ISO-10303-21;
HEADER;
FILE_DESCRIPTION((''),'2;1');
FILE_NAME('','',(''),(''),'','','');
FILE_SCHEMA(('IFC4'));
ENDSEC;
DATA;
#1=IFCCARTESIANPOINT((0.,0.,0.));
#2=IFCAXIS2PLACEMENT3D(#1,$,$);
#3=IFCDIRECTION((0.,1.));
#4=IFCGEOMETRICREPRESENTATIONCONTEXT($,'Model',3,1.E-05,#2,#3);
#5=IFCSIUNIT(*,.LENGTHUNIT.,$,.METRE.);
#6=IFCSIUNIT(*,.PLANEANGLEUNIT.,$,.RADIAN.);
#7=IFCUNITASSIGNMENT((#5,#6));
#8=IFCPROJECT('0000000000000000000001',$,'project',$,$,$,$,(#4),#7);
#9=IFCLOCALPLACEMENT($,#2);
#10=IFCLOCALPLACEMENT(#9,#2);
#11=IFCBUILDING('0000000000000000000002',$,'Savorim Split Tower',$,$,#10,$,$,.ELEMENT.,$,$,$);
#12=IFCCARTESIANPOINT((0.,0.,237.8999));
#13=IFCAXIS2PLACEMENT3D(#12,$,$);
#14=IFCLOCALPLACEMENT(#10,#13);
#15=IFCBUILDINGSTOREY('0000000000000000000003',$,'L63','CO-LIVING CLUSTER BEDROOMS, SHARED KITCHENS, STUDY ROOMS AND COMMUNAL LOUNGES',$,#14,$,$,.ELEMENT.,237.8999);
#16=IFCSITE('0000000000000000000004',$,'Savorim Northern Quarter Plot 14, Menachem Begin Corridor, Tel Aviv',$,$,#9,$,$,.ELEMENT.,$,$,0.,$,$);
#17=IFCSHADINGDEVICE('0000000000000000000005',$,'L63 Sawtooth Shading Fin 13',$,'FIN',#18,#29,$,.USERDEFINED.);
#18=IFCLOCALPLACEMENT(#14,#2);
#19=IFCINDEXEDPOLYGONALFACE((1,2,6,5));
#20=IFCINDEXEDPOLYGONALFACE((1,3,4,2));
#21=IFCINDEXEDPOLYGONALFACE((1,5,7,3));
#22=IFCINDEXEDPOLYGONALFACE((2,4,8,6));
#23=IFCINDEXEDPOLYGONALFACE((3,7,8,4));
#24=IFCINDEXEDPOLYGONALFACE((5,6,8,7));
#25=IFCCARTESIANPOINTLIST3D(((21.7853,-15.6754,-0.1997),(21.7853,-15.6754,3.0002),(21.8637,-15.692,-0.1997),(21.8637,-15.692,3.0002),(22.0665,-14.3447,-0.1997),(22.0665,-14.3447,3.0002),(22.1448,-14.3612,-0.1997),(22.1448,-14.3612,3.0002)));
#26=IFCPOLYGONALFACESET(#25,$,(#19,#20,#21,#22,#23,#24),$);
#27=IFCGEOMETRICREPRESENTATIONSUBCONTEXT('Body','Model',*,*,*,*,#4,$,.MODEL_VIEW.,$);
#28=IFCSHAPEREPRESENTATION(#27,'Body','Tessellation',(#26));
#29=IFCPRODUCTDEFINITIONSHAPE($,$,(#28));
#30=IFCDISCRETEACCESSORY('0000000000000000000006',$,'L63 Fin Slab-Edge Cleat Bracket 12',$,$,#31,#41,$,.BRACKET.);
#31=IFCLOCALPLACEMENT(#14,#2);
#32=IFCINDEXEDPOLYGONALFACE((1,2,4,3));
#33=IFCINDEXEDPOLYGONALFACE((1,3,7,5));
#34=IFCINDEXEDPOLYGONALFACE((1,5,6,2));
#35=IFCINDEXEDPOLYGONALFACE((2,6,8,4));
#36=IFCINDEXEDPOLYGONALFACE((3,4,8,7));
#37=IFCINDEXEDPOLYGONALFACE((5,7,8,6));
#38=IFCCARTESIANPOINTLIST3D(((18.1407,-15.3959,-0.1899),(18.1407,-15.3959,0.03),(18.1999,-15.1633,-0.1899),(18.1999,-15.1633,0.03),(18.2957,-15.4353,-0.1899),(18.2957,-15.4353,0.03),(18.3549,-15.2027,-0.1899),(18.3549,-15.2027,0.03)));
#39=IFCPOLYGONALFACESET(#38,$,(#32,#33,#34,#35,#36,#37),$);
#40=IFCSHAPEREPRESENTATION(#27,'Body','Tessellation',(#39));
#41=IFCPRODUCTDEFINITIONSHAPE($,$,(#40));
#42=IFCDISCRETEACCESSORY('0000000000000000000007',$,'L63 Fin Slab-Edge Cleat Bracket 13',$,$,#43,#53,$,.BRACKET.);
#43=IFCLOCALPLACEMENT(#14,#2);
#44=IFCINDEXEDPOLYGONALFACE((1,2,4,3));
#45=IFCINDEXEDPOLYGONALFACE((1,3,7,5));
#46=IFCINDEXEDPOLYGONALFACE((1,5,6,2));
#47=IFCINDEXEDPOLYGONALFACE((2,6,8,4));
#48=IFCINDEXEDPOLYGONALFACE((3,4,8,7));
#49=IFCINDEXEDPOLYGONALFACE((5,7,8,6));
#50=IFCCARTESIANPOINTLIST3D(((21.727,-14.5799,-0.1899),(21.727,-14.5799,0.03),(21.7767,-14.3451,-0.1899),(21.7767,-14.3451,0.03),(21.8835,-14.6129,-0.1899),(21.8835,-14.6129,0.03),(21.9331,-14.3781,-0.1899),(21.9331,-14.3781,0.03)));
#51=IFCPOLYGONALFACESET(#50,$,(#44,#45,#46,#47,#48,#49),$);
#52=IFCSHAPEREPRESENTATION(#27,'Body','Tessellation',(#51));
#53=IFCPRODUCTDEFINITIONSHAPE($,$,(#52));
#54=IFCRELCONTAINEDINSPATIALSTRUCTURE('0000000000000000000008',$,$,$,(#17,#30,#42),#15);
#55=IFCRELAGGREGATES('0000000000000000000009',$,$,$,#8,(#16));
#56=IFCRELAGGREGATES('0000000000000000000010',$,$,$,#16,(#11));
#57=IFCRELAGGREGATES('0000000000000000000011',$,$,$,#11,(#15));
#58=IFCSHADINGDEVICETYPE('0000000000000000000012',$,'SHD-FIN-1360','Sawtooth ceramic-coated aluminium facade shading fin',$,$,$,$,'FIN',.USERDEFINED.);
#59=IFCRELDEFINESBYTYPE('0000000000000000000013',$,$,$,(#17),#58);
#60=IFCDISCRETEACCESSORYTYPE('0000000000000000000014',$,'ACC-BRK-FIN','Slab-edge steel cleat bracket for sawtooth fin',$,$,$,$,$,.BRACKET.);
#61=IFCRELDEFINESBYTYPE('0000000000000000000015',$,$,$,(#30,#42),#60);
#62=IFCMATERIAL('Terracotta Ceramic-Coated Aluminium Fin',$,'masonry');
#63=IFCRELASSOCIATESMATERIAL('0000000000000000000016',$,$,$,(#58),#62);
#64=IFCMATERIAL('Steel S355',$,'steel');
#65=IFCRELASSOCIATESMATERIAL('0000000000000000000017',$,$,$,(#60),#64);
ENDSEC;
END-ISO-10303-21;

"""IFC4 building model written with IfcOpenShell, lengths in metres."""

from ifc_helpers import new_model, si_unit, direction, frame, origin, origin_2d, place, context, subcontext, project, spatial, rectangle, extrude, material, type_object, element, save


model = new_model("IFC4")

# Units and contexts
model_context = context("Model", 3, precision=1e-05, world=origin(), true_north=direction((0.0, 1.0)))
body_context = subcontext(model_context, "Body", "Model", "MODEL_VIEW")
ifc_project = project(units=[si_unit("LENGTHUNIT", "METRE"), si_unit("PLANEANGLEUNIT", "RADIAN")], contexts=[model_context])

# Site, building, storey
site_placement = place(None, origin())
site = spatial("IfcSite", under=ifc_project, at=site_placement, Name="Savorim Northern Quarter Plot 14, Menachem Begin Corridor, Tel Aviv", CompositionType="ELEMENT", RefElevation=0.0)
building_placement = place(site_placement, origin())
building = spatial("IfcBuilding", under=site, at=building_placement, Name="Savorim Split Tower", CompositionType="ELEMENT")
storey_placement = place(building_placement, frame((0.0, 0.0, 237.8999)))
storey = spatial("IfcBuildingStorey", under=building, at=storey_placement, Name="L63", Description="CO-LIVING CLUSTER BEDROOMS, SHARED KITCHENS, STUDY ROOMS AND COMMUNAL LOUNGES", CompositionType="ELEMENT", Elevation=237.8999)

# Shared definitions
ifc_material_1 = material(Name="Steel S355", Category="steel")

# Shading device
ifc_material_2 = material(Name="Terracotta Ceramic-Coated Aluminium Fin", Category="masonry")
shading_device_type = type_object("IfcShadingDeviceType", Name="SHD-FIN-1360", Description="Sawtooth ceramic-coated aluminium facade shading fin", ElementType="FIN", PredefinedType="USERDEFINED", material=ifc_material_2)
for number, where, z_axis, x_axis, name in (
    (1, (21.9651, -15.0183, -0.1997), (0.0, 0.0, 1.0), (-0.206722, -0.9784, 0.0), "L63 Sawtooth Shading Fin 13"),
):
    element("IfcShadingDevice", number, at=place(storey_placement, frame(where, z_axis=z_axis, x_axis=x_axis)), inside=storey, type_object=shading_device_type, Name=name, ObjectType="FIN", PredefinedType="USERDEFINED", context=body_context, shape_type="SweptSolid", body=[
        extrude(rectangle(XDim=1.3601, YDim=0.0801, at=origin_2d()), origin(), (0.0, 0.0, 1.0), 3.2),
    ])

# Discrete accessories
discrete_accessory_type = type_object("IfcDiscreteAccessoryType", Name="ACC-BRK-FIN", Description="Slab-edge steel cleat bracket for sawtooth fin", PredefinedType="BRACKET", material=ifc_material_1)
for number, where, z_axis, x_axis, name in (
    (2, (18.2478, -15.2993, -0.1899), (0.0, 0.0, 1.0), (-0.246581, -0.969122, 0.0), "L63 Fin Slab-Edge Cleat Bracket 12"),
    (3, (21.8301, -14.479, -0.1899), (0.0, 0.0, 1.0), (-0.206722, -0.9784, 0.0), "L63 Fin Slab-Edge Cleat Bracket 13"),
):
    element("IfcDiscreteAccessory", number, at=place(storey_placement, frame(where, z_axis=z_axis, x_axis=x_axis)), inside=storey, type_object=discrete_accessory_type, Name=name, PredefinedType="BRACKET", context=body_context, shape_type="SweptSolid", body=[
        extrude(rectangle(XDim=0.24, YDim=0.1599, at=origin_2d()), origin(), (0.0, 0.0, 1.0), 0.22),
    ])

save(model, "model.ifc")
